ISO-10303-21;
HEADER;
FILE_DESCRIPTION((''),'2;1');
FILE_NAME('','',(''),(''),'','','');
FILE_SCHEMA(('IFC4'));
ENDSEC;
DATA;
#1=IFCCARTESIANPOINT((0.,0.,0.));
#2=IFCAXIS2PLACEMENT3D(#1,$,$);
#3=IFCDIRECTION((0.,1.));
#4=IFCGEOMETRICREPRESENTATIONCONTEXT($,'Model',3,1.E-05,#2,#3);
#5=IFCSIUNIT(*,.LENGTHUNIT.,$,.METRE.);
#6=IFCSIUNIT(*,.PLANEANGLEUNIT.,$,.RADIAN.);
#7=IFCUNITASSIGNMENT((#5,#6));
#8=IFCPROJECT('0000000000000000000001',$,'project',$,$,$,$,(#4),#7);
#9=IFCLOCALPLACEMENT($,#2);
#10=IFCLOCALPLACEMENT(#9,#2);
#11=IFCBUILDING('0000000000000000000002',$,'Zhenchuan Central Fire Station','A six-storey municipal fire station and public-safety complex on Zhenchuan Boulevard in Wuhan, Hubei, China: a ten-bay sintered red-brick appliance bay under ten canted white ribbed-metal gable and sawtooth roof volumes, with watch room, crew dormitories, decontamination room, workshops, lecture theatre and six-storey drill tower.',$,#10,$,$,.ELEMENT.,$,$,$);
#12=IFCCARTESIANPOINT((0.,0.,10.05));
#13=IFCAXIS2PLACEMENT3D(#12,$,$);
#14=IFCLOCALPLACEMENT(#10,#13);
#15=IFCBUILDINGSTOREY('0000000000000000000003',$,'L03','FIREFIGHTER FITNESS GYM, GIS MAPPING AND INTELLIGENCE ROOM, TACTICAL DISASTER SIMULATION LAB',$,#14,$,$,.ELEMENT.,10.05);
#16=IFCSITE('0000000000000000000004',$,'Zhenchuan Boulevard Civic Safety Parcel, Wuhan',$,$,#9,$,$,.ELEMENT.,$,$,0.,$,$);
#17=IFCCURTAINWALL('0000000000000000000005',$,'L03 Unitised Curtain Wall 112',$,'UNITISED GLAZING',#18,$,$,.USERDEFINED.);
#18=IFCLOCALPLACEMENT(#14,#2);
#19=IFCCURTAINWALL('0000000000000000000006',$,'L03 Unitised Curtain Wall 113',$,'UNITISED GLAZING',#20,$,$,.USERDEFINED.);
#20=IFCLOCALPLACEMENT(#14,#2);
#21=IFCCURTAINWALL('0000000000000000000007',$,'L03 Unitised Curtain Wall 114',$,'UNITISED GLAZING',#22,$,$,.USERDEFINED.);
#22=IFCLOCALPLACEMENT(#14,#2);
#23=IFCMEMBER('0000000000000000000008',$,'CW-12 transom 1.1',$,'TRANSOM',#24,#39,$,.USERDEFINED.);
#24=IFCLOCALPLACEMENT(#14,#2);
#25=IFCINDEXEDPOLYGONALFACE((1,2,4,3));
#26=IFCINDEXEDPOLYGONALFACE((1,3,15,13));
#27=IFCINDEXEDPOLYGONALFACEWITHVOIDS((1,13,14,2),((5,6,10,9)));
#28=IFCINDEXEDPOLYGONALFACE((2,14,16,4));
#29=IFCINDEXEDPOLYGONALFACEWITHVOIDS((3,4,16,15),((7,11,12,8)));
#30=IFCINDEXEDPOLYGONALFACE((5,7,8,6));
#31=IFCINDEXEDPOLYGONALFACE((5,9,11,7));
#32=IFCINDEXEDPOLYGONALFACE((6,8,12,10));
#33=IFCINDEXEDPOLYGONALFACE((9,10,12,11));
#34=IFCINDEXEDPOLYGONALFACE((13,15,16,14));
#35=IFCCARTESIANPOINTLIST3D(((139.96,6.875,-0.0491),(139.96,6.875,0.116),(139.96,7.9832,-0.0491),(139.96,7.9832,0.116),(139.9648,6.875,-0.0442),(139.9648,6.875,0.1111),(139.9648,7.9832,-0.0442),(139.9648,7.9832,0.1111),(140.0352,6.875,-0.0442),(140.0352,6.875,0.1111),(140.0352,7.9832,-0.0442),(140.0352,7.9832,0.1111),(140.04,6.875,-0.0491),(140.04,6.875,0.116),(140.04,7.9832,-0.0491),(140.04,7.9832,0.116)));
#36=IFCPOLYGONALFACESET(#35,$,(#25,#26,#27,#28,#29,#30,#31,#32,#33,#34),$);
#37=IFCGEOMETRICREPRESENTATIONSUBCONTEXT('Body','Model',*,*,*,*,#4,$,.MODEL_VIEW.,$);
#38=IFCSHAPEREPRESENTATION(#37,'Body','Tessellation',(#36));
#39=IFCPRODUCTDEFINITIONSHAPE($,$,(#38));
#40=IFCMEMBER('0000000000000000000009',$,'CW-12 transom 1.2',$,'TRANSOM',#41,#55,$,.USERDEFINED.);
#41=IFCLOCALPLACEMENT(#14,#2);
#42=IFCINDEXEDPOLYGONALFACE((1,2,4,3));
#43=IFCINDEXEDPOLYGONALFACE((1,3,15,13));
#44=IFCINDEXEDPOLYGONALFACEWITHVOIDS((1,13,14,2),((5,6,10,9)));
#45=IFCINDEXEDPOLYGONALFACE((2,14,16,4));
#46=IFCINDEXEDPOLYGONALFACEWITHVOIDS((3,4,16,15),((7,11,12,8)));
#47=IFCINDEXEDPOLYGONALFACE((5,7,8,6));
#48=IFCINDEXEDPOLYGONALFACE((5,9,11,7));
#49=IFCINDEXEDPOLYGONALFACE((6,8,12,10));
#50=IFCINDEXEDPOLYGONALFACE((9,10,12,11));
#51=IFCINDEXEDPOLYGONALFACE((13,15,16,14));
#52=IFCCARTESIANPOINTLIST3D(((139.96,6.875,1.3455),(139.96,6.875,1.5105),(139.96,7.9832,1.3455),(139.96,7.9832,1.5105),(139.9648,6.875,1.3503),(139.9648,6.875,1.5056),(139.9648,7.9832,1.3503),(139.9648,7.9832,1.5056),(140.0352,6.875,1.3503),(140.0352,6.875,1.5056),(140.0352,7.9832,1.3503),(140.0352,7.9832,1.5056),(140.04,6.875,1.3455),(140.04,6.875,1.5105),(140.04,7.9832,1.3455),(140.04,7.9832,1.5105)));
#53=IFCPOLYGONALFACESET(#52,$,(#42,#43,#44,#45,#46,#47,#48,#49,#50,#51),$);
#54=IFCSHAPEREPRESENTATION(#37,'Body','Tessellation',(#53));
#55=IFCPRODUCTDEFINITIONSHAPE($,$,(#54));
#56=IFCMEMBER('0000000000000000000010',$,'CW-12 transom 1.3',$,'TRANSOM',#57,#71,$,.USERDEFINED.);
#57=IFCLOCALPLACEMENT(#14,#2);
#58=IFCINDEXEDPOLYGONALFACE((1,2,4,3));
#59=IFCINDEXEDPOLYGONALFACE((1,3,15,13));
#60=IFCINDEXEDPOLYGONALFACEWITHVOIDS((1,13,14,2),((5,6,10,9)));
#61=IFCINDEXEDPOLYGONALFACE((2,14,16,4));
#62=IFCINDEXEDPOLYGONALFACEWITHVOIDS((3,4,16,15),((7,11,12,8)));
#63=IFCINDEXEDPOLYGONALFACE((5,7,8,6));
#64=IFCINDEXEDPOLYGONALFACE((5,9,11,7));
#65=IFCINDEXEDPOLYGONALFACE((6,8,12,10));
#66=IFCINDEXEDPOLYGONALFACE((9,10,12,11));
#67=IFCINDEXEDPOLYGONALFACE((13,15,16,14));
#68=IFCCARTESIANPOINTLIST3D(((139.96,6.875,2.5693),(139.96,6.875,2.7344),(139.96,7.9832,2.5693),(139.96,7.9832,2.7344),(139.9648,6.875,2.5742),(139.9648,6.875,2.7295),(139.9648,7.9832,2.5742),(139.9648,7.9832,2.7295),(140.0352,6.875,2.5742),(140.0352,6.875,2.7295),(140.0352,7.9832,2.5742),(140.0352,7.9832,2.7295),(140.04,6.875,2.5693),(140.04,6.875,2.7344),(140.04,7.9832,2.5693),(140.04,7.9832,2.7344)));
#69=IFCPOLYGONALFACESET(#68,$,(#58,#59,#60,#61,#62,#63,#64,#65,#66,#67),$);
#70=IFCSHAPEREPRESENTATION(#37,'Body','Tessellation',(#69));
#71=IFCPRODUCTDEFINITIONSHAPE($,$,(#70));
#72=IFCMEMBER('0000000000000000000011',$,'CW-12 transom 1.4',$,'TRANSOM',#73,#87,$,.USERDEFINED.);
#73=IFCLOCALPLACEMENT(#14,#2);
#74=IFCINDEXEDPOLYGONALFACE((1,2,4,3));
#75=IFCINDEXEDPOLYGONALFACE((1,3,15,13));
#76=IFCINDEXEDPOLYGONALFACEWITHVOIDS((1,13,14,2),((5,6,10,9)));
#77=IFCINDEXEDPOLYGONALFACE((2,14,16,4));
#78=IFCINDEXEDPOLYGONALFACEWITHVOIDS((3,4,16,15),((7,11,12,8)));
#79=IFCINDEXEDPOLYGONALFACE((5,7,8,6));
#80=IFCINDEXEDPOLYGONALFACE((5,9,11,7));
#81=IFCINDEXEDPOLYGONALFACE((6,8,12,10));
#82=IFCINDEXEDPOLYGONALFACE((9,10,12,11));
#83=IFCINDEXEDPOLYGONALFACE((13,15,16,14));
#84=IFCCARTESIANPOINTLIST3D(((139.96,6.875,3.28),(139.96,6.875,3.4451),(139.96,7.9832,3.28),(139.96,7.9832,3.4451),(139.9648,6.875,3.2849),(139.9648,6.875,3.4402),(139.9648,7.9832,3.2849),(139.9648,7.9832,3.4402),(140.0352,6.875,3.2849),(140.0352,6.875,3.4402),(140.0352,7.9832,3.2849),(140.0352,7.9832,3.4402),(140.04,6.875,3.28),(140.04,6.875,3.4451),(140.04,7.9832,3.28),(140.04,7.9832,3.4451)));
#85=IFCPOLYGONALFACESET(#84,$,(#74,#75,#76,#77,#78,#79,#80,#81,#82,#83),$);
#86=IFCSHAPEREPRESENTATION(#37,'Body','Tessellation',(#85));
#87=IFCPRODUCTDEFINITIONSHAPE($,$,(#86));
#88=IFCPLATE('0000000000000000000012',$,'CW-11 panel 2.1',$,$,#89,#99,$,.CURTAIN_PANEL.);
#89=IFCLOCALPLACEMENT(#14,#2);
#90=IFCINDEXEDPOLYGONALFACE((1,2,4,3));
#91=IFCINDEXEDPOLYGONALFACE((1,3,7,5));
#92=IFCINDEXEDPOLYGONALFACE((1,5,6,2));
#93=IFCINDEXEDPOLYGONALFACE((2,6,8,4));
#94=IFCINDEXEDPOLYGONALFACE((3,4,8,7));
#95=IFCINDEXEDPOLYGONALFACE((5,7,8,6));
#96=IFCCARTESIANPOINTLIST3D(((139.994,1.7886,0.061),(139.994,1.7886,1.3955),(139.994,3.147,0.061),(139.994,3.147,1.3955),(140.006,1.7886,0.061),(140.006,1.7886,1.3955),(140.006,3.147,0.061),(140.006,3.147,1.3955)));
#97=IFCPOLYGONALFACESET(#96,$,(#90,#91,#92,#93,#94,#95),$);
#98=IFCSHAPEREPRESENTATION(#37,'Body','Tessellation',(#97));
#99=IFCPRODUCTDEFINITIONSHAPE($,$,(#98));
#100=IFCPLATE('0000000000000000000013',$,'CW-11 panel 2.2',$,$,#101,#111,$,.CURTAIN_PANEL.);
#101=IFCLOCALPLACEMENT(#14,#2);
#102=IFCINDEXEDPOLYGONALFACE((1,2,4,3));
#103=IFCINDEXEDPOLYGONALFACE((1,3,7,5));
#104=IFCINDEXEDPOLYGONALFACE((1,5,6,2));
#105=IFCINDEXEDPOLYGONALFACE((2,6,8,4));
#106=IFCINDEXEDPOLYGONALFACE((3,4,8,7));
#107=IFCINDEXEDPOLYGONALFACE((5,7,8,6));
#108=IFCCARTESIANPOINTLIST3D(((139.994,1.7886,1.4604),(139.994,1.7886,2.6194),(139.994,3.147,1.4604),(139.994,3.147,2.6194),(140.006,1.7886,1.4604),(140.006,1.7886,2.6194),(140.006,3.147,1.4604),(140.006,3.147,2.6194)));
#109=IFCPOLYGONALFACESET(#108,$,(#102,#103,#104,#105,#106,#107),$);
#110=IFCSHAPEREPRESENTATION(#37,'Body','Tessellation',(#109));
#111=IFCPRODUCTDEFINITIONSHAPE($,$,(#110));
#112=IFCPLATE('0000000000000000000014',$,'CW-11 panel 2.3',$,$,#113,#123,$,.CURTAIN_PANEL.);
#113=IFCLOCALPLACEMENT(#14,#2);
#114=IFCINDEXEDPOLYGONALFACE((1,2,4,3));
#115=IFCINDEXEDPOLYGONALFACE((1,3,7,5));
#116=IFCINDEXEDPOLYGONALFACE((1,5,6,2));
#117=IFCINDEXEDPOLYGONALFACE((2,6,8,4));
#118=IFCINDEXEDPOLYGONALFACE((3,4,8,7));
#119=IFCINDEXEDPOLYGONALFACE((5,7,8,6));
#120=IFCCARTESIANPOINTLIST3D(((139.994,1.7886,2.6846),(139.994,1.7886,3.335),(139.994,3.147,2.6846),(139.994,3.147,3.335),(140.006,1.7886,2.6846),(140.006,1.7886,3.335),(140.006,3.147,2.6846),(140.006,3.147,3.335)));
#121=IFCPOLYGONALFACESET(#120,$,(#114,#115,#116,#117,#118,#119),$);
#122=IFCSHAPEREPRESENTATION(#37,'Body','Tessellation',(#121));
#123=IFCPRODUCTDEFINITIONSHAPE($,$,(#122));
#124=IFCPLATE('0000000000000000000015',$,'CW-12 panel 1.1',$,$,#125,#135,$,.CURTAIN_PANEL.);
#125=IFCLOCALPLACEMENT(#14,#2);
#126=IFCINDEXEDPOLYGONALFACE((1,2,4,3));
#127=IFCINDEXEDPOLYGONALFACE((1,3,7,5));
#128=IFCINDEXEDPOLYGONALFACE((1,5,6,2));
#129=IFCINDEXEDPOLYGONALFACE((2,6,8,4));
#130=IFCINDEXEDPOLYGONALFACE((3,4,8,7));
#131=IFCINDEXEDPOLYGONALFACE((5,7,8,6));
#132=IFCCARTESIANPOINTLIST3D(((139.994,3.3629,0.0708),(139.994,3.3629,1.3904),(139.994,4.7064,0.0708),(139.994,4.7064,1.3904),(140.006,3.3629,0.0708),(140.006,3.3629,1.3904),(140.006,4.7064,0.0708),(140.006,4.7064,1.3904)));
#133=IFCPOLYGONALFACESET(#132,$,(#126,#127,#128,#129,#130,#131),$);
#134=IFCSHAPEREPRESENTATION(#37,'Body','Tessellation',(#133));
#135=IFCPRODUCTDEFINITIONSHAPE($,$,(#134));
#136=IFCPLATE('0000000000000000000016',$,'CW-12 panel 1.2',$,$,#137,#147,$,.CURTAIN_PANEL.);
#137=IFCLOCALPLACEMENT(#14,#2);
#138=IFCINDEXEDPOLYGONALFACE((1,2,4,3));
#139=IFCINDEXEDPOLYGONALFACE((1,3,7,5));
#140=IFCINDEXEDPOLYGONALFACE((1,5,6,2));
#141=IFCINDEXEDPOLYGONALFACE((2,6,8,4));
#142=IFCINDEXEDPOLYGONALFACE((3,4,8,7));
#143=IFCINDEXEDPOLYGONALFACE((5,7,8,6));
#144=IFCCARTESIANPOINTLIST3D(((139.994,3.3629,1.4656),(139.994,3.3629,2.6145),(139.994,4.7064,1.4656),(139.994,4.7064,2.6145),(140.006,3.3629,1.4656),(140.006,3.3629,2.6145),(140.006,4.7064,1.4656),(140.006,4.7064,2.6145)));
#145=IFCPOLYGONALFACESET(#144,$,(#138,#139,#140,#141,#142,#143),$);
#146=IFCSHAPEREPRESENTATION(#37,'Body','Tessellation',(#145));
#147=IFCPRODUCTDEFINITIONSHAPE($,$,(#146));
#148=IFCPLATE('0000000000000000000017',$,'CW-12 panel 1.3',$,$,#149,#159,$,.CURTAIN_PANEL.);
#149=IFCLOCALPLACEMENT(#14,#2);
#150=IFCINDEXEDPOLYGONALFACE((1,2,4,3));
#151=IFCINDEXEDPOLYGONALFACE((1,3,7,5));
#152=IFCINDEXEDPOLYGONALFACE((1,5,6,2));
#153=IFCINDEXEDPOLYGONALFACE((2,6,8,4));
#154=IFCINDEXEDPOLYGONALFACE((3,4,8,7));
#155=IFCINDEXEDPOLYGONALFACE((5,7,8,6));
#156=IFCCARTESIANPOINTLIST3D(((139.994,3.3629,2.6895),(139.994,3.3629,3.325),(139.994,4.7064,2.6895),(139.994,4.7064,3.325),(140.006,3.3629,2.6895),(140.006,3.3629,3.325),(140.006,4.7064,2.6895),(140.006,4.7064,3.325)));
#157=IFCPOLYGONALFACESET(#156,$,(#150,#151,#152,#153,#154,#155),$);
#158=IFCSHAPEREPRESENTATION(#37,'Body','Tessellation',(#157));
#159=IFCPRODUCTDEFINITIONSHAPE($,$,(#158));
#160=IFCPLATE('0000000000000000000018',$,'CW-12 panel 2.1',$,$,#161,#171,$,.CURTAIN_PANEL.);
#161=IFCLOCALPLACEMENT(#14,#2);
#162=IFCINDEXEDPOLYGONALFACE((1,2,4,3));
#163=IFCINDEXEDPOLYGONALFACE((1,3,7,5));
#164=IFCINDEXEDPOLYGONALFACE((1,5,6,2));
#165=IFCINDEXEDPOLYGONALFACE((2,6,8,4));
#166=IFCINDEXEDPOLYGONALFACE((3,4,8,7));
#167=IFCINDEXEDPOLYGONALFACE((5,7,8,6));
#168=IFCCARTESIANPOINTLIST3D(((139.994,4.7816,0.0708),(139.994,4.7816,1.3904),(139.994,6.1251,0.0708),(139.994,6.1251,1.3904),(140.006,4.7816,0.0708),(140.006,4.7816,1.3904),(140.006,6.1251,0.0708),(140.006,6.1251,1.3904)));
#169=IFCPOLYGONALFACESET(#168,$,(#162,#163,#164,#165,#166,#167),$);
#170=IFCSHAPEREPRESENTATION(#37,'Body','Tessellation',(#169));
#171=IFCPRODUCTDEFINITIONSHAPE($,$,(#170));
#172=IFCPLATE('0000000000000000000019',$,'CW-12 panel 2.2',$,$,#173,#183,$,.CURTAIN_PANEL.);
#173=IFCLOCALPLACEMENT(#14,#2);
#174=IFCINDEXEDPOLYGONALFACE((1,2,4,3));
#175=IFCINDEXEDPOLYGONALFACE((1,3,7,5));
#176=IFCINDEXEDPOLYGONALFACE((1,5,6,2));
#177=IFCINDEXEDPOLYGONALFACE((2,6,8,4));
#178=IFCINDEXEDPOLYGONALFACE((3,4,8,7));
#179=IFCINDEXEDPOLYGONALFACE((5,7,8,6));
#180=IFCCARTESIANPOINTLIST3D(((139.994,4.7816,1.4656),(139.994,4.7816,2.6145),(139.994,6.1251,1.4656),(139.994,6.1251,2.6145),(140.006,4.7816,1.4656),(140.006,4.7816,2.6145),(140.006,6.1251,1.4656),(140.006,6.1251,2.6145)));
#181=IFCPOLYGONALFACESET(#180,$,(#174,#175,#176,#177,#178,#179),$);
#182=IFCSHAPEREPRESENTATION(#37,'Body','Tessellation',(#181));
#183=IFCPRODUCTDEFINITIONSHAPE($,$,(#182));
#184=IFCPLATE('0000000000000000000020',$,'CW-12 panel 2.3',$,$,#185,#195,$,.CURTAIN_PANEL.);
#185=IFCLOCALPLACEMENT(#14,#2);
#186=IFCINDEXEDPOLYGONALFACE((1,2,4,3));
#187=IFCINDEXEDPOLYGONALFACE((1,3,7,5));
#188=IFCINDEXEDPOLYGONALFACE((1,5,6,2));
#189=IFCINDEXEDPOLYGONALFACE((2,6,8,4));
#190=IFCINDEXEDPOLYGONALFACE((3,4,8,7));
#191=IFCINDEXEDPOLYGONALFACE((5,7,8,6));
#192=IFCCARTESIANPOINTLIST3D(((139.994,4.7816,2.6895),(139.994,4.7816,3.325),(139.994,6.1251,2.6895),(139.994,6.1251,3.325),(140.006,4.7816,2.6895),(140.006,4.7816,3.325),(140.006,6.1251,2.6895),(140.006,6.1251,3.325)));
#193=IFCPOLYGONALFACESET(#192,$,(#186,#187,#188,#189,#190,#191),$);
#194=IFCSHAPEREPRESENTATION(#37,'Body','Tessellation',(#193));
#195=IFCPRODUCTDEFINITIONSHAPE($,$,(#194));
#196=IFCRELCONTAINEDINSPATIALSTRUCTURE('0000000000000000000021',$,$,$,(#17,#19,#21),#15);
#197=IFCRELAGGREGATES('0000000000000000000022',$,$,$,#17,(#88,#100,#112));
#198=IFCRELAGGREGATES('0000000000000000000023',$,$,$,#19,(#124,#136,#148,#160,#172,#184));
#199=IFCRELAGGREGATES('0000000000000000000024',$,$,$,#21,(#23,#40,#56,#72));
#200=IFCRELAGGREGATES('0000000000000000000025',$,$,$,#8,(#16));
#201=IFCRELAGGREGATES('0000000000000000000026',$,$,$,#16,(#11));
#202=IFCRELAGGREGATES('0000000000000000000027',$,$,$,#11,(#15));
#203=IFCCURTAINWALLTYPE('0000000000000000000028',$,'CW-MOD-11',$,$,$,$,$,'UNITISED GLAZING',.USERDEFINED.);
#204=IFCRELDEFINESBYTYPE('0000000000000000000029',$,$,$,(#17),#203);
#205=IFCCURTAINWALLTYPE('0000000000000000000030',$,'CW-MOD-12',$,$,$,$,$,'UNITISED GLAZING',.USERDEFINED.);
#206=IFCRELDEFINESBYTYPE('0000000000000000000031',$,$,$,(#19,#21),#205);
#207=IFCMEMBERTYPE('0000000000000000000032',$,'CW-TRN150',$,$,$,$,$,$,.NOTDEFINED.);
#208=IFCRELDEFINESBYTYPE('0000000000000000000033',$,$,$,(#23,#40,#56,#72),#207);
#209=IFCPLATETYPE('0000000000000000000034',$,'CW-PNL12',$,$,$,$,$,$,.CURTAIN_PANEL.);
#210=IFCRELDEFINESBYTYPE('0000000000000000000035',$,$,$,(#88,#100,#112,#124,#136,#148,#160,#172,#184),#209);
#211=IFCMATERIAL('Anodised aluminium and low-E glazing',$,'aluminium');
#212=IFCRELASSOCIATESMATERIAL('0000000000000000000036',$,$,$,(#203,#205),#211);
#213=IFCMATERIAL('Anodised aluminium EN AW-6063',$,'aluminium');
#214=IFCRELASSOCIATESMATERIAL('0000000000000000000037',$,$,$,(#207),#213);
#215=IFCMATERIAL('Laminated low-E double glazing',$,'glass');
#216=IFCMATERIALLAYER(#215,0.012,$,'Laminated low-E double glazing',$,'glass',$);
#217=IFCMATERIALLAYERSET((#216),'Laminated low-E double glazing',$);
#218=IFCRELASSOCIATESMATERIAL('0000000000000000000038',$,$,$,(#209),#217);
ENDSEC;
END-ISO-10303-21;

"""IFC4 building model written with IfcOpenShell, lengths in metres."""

from ifc_helpers import new_model, si_unit, direction, frame, origin, origin_2d, place, context, subcontext, project, spatial, rectangle, hollow_rectangle, extrude, material, layer, layer_set, material_profile, profile_set, type_object, element, aggregate, save


model = new_model("IFC4")

# Units and contexts
model_context = context("Model", 3, precision=1e-05, world=origin(), true_north=direction((0.0, 1.0)))
body_context = subcontext(model_context, "Body", "Model", "MODEL_VIEW")
ifc_project = project(units=[si_unit("LENGTHUNIT", "METRE"), si_unit("PLANEANGLEUNIT", "RADIAN")], contexts=[model_context])

# Site, building, storey
site_placement = place(None, origin())
site = spatial("IfcSite", under=ifc_project, at=site_placement, Name="Zhenchuan Boulevard Civic Safety Parcel, Wuhan", CompositionType="ELEMENT", RefElevation=0.0)
building_placement = place(site_placement, origin())
building = spatial("IfcBuilding", under=site, at=building_placement, Name="Zhenchuan Central Fire Station", Description="A six-storey municipal fire station and public-safety complex on Zhenchuan Boulevard in Wuhan, Hubei, China: a ten-bay sintered red-brick appliance bay under ten canted white ribbed-metal gable and sawtooth roof volumes, with watch room, crew dormitories, decontamination room, workshops, lecture theatre and six-storey drill tower.", CompositionType="ELEMENT")
storey_placement = place(building_placement, frame((0.0, 0.0, 10.05)))
storey = spatial("IfcBuildingStorey", under=building, at=storey_placement, Name="L03", Description="FIREFIGHTER FITNESS GYM, GIS MAPPING AND INTELLIGENCE ROOM, TACTICAL DISASTER SIMULATION LAB", CompositionType="ELEMENT", Elevation=10.05)

# Curtain wall
ifc_material_1 = material(Name="Anodised aluminium and low-E glazing", Category="aluminium")
curtain_wall_type_1 = type_object("IfcCurtainWallType", Name="CW-MOD-11", ElementType="UNITISED GLAZING", PredefinedType="USERDEFINED", material=ifc_material_1)
curtain_wall_1_placement = place(storey_placement, origin())
curtain_wall_1 = element("IfcCurtainWall", 1, at=curtain_wall_1_placement, inside=storey, type_object=curtain_wall_type_1, Name="L03 Unitised Curtain Wall 112", ObjectType="UNITISED GLAZING", PredefinedType="USERDEFINED")
ifc_material_2 = material(Name="Anodised aluminium EN AW-6063", Category="aluminium")

# Curtain walls
curtain_wall_type_2 = type_object("IfcCurtainWallType", Name="CW-MOD-12", ElementType="UNITISED GLAZING", PredefinedType="USERDEFINED", material=ifc_material_1)
curtain_wall_2_placement = place(storey_placement, origin())
curtain_wall_2 = element("IfcCurtainWall", 2, at=curtain_wall_2_placement, inside=storey, type_object=curtain_wall_type_2, Name="L03 Unitised Curtain Wall 113", ObjectType="UNITISED GLAZING", PredefinedType="USERDEFINED")
curtain_wall_3_placement = place(storey_placement, origin())
curtain_wall_3 = element("IfcCurtainWall", 3, at=curtain_wall_3_placement, inside=storey, type_object=curtain_wall_type_2, Name="L03 Unitised Curtain Wall 114", ObjectType="UNITISED GLAZING", PredefinedType="USERDEFINED")

# Members
ifc_material_profile_1 = material_profile(ifc_material_2, hollow_rectangle(XDim=0.0801, YDim=0.165, WallThickness=0.0049, at=origin_2d()), Name="ALU-T 165x80")
ifc_profile_set_1 = profile_set([ifc_material_profile_1], Name="Anodised aluminium EN AW-6063")
member_type_1 = type_object("IfcMemberType", Name="CW-TRN150", PredefinedType="NOTDEFINED", material=ifc_profile_set_1)
member_1_placement = place(storey_placement, frame((140.0, 6.875, 0.0334), z_axis=(0.0, 1.0, 0.0), x_axis=(-1.0, 0.0, 0.0)))
member_1 = element("IfcMember", 4, at=member_1_placement, type_object=member_type_1, Name="CW-12 transom 1.1", ObjectType="TRANSOM", PredefinedType="USERDEFINED", context=body_context, shape_type="SweptSolid", body=[
    extrude(hollow_rectangle(XDim=0.0801, YDim=0.165, WallThickness=0.0049, at=origin_2d()), origin(), (0.0, 0.0, 1.0), 1.1082),
])
member_2_placement = place(storey_placement, frame((140.0, 6.875, 1.428), z_axis=(0.0, 1.0, 0.0), x_axis=(-1.0, 0.0, 0.0)))
member_2 = element("IfcMember", 5, at=member_2_placement, type_object=member_type_1, Name="CW-12 transom 1.2", ObjectType="TRANSOM", PredefinedType="USERDEFINED", context=body_context, shape_type="SweptSolid", body=[
    extrude(hollow_rectangle(XDim=0.0801, YDim=0.165, WallThickness=0.0049, at=origin_2d()), origin(), (0.0, 0.0, 1.0), 1.1082),
])
member_3_placement = place(storey_placement, frame((140.0, 6.875, 2.6519), z_axis=(0.0, 1.0, 0.0), x_axis=(-1.0, 0.0, 0.0)))
member_3 = element("IfcMember", 6, at=member_3_placement, type_object=member_type_1, Name="CW-12 transom 1.3", ObjectType="TRANSOM", PredefinedType="USERDEFINED", context=body_context, shape_type="SweptSolid", body=[
    extrude(hollow_rectangle(XDim=0.0801, YDim=0.165, WallThickness=0.0049, at=origin_2d()), origin(), (0.0, 0.0, 1.0), 1.1082),
])
member_4_placement = place(storey_placement, frame((140.0, 6.875, 3.3625), z_axis=(0.0, 1.0, 0.0), x_axis=(-1.0, 0.0, 0.0)))
member_4 = element("IfcMember", 7, at=member_4_placement, type_object=member_type_1, Name="CW-12 transom 1.4", ObjectType="TRANSOM", PredefinedType="USERDEFINED", context=body_context, shape_type="SweptSolid", body=[
    extrude(hollow_rectangle(XDim=0.0801, YDim=0.165, WallThickness=0.0049, at=origin_2d()), origin(), (0.0, 0.0, 1.0), 1.1082),
])

# Plates
ifc_material_3 = material(Name="Laminated low-E double glazing", Category="glass")
ifc_layer = layer(ifc_material_3, 0.012, Name="Laminated low-E double glazing", Category="glass")
ifc_layer_set = layer_set([ifc_layer], Name="Laminated low-E double glazing")
plate_type = type_object("IfcPlateType", Name="CW-PNL12", PredefinedType="CURTAIN_PANEL", material=ifc_layer_set)
plate_1_placement = place(storey_placement, frame((140.0, 2.4678, 0.061), z_axis=(0.0, 0.0, 1.0), x_axis=(0.0, 1.0, 0.0)))
plate_1 = element("IfcPlate", 8, at=plate_1_placement, type_object=plate_type, Name="CW-11 panel 2.1", PredefinedType="CURTAIN_PANEL", context=body_context, shape_type="SweptSolid", body=[
    extrude(rectangle(XDim=1.3584, YDim=0.012, at=origin_2d()), origin(), (0.0, 0.0, 1.0), 1.3345),
])
plate_2_placement = place(storey_placement, frame((140.0, 2.4678, 1.4604), z_axis=(0.0, 0.0, 1.0), x_axis=(0.0, 1.0, 0.0)))
plate_2 = element("IfcPlate", 9, at=plate_2_placement, type_object=plate_type, Name="CW-11 panel 2.2", PredefinedType="CURTAIN_PANEL", context=body_context, shape_type="SweptSolid", body=[
    extrude(rectangle(XDim=1.3584, YDim=0.012, at=origin_2d()), origin(), (0.0, 0.0, 1.0), 1.1589),
])
plate_3_placement = place(storey_placement, frame((140.0, 2.4678, 2.6846), z_axis=(0.0, 0.0, 1.0), x_axis=(0.0, 1.0, 0.0)))
plate_3 = element("IfcPlate", 10, at=plate_3_placement, type_object=plate_type, Name="CW-11 panel 2.3", PredefinedType="CURTAIN_PANEL", context=body_context, shape_type="SweptSolid", body=[
    extrude(rectangle(XDim=1.3584, YDim=0.012, at=origin_2d()), origin(), (0.0, 0.0, 1.0), 0.6504),
])
aggregate(curtain_wall_1, [plate_1, plate_2, plate_3])
plate_4_placement = place(storey_placement, frame((140.0, 4.0347, 0.0708), z_axis=(0.0, 0.0, 1.0), x_axis=(0.0, 1.0, 0.0)))
plate_4 = element("IfcPlate", 11, at=plate_4_placement, type_object=plate_type, Name="CW-12 panel 1.1", PredefinedType="CURTAIN_PANEL", context=body_context, shape_type="SweptSolid", body=[
    extrude(rectangle(XDim=1.3435, YDim=0.012, at=origin_2d()), origin(), (0.0, 0.0, 1.0), 1.3196),
])
plate_5_placement = place(storey_placement, frame((140.0, 4.0347, 1.4656), z_axis=(0.0, 0.0, 1.0), x_axis=(0.0, 1.0, 0.0)))
plate_5 = element("IfcPlate", 12, at=plate_5_placement, type_object=plate_type, Name="CW-12 panel 1.2", PredefinedType="CURTAIN_PANEL", context=body_context, shape_type="SweptSolid", body=[
    extrude(rectangle(XDim=1.3435, YDim=0.012, at=origin_2d()), origin(), (0.0, 0.0, 1.0), 1.1489),
])
plate_6_placement = place(storey_placement, frame((140.0, 4.0347, 2.6895), z_axis=(0.0, 0.0, 1.0), x_axis=(0.0, 1.0, 0.0)))
plate_6 = element("IfcPlate", 13, at=plate_6_placement, type_object=plate_type, Name="CW-12 panel 1.3", PredefinedType="CURTAIN_PANEL", context=body_context, shape_type="SweptSolid", body=[
    extrude(rectangle(XDim=1.3435, YDim=0.012, at=origin_2d()), origin(), (0.0, 0.0, 1.0), 0.6355),
])
plate_7_placement = place(storey_placement, frame((140.0, 5.4534, 0.0708), z_axis=(0.0, 0.0, 1.0), x_axis=(0.0, 1.0, 0.0)))
plate_7 = element("IfcPlate", 14, at=plate_7_placement, type_object=plate_type, Name="CW-12 panel 2.1", PredefinedType="CURTAIN_PANEL", context=body_context, shape_type="SweptSolid", body=[
    extrude(rectangle(XDim=1.3435, YDim=0.012, at=origin_2d()), origin(), (0.0, 0.0, 1.0), 1.3196),
])
plate_8_placement = place(storey_placement, frame((140.0, 5.4534, 1.4656), z_axis=(0.0, 0.0, 1.0), x_axis=(0.0, 1.0, 0.0)))
plate_8 = element("IfcPlate", 15, at=plate_8_placement, type_object=plate_type, Name="CW-12 panel 2.2", PredefinedType="CURTAIN_PANEL", context=body_context, shape_type="SweptSolid", body=[
    extrude(rectangle(XDim=1.3435, YDim=0.012, at=origin_2d()), origin(), (0.0, 0.0, 1.0), 1.1489),
])
plate_9_placement = place(storey_placement, frame((140.0, 5.4534, 2.6895), z_axis=(0.0, 0.0, 1.0), x_axis=(0.0, 1.0, 0.0)))
plate_9 = element("IfcPlate", 16, at=plate_9_placement, type_object=plate_type, Name="CW-12 panel 2.3", PredefinedType="CURTAIN_PANEL", context=body_context, shape_type="SweptSolid", body=[
    extrude(rectangle(XDim=1.3435, YDim=0.012, at=origin_2d()), origin(), (0.0, 0.0, 1.0), 0.6355),
])
aggregate(curtain_wall_2, [plate_4, plate_5, plate_6, plate_7, plate_8, plate_9])
aggregate(curtain_wall_3, [member_1, member_2, member_3, member_4])

save(model, "model.ifc")
